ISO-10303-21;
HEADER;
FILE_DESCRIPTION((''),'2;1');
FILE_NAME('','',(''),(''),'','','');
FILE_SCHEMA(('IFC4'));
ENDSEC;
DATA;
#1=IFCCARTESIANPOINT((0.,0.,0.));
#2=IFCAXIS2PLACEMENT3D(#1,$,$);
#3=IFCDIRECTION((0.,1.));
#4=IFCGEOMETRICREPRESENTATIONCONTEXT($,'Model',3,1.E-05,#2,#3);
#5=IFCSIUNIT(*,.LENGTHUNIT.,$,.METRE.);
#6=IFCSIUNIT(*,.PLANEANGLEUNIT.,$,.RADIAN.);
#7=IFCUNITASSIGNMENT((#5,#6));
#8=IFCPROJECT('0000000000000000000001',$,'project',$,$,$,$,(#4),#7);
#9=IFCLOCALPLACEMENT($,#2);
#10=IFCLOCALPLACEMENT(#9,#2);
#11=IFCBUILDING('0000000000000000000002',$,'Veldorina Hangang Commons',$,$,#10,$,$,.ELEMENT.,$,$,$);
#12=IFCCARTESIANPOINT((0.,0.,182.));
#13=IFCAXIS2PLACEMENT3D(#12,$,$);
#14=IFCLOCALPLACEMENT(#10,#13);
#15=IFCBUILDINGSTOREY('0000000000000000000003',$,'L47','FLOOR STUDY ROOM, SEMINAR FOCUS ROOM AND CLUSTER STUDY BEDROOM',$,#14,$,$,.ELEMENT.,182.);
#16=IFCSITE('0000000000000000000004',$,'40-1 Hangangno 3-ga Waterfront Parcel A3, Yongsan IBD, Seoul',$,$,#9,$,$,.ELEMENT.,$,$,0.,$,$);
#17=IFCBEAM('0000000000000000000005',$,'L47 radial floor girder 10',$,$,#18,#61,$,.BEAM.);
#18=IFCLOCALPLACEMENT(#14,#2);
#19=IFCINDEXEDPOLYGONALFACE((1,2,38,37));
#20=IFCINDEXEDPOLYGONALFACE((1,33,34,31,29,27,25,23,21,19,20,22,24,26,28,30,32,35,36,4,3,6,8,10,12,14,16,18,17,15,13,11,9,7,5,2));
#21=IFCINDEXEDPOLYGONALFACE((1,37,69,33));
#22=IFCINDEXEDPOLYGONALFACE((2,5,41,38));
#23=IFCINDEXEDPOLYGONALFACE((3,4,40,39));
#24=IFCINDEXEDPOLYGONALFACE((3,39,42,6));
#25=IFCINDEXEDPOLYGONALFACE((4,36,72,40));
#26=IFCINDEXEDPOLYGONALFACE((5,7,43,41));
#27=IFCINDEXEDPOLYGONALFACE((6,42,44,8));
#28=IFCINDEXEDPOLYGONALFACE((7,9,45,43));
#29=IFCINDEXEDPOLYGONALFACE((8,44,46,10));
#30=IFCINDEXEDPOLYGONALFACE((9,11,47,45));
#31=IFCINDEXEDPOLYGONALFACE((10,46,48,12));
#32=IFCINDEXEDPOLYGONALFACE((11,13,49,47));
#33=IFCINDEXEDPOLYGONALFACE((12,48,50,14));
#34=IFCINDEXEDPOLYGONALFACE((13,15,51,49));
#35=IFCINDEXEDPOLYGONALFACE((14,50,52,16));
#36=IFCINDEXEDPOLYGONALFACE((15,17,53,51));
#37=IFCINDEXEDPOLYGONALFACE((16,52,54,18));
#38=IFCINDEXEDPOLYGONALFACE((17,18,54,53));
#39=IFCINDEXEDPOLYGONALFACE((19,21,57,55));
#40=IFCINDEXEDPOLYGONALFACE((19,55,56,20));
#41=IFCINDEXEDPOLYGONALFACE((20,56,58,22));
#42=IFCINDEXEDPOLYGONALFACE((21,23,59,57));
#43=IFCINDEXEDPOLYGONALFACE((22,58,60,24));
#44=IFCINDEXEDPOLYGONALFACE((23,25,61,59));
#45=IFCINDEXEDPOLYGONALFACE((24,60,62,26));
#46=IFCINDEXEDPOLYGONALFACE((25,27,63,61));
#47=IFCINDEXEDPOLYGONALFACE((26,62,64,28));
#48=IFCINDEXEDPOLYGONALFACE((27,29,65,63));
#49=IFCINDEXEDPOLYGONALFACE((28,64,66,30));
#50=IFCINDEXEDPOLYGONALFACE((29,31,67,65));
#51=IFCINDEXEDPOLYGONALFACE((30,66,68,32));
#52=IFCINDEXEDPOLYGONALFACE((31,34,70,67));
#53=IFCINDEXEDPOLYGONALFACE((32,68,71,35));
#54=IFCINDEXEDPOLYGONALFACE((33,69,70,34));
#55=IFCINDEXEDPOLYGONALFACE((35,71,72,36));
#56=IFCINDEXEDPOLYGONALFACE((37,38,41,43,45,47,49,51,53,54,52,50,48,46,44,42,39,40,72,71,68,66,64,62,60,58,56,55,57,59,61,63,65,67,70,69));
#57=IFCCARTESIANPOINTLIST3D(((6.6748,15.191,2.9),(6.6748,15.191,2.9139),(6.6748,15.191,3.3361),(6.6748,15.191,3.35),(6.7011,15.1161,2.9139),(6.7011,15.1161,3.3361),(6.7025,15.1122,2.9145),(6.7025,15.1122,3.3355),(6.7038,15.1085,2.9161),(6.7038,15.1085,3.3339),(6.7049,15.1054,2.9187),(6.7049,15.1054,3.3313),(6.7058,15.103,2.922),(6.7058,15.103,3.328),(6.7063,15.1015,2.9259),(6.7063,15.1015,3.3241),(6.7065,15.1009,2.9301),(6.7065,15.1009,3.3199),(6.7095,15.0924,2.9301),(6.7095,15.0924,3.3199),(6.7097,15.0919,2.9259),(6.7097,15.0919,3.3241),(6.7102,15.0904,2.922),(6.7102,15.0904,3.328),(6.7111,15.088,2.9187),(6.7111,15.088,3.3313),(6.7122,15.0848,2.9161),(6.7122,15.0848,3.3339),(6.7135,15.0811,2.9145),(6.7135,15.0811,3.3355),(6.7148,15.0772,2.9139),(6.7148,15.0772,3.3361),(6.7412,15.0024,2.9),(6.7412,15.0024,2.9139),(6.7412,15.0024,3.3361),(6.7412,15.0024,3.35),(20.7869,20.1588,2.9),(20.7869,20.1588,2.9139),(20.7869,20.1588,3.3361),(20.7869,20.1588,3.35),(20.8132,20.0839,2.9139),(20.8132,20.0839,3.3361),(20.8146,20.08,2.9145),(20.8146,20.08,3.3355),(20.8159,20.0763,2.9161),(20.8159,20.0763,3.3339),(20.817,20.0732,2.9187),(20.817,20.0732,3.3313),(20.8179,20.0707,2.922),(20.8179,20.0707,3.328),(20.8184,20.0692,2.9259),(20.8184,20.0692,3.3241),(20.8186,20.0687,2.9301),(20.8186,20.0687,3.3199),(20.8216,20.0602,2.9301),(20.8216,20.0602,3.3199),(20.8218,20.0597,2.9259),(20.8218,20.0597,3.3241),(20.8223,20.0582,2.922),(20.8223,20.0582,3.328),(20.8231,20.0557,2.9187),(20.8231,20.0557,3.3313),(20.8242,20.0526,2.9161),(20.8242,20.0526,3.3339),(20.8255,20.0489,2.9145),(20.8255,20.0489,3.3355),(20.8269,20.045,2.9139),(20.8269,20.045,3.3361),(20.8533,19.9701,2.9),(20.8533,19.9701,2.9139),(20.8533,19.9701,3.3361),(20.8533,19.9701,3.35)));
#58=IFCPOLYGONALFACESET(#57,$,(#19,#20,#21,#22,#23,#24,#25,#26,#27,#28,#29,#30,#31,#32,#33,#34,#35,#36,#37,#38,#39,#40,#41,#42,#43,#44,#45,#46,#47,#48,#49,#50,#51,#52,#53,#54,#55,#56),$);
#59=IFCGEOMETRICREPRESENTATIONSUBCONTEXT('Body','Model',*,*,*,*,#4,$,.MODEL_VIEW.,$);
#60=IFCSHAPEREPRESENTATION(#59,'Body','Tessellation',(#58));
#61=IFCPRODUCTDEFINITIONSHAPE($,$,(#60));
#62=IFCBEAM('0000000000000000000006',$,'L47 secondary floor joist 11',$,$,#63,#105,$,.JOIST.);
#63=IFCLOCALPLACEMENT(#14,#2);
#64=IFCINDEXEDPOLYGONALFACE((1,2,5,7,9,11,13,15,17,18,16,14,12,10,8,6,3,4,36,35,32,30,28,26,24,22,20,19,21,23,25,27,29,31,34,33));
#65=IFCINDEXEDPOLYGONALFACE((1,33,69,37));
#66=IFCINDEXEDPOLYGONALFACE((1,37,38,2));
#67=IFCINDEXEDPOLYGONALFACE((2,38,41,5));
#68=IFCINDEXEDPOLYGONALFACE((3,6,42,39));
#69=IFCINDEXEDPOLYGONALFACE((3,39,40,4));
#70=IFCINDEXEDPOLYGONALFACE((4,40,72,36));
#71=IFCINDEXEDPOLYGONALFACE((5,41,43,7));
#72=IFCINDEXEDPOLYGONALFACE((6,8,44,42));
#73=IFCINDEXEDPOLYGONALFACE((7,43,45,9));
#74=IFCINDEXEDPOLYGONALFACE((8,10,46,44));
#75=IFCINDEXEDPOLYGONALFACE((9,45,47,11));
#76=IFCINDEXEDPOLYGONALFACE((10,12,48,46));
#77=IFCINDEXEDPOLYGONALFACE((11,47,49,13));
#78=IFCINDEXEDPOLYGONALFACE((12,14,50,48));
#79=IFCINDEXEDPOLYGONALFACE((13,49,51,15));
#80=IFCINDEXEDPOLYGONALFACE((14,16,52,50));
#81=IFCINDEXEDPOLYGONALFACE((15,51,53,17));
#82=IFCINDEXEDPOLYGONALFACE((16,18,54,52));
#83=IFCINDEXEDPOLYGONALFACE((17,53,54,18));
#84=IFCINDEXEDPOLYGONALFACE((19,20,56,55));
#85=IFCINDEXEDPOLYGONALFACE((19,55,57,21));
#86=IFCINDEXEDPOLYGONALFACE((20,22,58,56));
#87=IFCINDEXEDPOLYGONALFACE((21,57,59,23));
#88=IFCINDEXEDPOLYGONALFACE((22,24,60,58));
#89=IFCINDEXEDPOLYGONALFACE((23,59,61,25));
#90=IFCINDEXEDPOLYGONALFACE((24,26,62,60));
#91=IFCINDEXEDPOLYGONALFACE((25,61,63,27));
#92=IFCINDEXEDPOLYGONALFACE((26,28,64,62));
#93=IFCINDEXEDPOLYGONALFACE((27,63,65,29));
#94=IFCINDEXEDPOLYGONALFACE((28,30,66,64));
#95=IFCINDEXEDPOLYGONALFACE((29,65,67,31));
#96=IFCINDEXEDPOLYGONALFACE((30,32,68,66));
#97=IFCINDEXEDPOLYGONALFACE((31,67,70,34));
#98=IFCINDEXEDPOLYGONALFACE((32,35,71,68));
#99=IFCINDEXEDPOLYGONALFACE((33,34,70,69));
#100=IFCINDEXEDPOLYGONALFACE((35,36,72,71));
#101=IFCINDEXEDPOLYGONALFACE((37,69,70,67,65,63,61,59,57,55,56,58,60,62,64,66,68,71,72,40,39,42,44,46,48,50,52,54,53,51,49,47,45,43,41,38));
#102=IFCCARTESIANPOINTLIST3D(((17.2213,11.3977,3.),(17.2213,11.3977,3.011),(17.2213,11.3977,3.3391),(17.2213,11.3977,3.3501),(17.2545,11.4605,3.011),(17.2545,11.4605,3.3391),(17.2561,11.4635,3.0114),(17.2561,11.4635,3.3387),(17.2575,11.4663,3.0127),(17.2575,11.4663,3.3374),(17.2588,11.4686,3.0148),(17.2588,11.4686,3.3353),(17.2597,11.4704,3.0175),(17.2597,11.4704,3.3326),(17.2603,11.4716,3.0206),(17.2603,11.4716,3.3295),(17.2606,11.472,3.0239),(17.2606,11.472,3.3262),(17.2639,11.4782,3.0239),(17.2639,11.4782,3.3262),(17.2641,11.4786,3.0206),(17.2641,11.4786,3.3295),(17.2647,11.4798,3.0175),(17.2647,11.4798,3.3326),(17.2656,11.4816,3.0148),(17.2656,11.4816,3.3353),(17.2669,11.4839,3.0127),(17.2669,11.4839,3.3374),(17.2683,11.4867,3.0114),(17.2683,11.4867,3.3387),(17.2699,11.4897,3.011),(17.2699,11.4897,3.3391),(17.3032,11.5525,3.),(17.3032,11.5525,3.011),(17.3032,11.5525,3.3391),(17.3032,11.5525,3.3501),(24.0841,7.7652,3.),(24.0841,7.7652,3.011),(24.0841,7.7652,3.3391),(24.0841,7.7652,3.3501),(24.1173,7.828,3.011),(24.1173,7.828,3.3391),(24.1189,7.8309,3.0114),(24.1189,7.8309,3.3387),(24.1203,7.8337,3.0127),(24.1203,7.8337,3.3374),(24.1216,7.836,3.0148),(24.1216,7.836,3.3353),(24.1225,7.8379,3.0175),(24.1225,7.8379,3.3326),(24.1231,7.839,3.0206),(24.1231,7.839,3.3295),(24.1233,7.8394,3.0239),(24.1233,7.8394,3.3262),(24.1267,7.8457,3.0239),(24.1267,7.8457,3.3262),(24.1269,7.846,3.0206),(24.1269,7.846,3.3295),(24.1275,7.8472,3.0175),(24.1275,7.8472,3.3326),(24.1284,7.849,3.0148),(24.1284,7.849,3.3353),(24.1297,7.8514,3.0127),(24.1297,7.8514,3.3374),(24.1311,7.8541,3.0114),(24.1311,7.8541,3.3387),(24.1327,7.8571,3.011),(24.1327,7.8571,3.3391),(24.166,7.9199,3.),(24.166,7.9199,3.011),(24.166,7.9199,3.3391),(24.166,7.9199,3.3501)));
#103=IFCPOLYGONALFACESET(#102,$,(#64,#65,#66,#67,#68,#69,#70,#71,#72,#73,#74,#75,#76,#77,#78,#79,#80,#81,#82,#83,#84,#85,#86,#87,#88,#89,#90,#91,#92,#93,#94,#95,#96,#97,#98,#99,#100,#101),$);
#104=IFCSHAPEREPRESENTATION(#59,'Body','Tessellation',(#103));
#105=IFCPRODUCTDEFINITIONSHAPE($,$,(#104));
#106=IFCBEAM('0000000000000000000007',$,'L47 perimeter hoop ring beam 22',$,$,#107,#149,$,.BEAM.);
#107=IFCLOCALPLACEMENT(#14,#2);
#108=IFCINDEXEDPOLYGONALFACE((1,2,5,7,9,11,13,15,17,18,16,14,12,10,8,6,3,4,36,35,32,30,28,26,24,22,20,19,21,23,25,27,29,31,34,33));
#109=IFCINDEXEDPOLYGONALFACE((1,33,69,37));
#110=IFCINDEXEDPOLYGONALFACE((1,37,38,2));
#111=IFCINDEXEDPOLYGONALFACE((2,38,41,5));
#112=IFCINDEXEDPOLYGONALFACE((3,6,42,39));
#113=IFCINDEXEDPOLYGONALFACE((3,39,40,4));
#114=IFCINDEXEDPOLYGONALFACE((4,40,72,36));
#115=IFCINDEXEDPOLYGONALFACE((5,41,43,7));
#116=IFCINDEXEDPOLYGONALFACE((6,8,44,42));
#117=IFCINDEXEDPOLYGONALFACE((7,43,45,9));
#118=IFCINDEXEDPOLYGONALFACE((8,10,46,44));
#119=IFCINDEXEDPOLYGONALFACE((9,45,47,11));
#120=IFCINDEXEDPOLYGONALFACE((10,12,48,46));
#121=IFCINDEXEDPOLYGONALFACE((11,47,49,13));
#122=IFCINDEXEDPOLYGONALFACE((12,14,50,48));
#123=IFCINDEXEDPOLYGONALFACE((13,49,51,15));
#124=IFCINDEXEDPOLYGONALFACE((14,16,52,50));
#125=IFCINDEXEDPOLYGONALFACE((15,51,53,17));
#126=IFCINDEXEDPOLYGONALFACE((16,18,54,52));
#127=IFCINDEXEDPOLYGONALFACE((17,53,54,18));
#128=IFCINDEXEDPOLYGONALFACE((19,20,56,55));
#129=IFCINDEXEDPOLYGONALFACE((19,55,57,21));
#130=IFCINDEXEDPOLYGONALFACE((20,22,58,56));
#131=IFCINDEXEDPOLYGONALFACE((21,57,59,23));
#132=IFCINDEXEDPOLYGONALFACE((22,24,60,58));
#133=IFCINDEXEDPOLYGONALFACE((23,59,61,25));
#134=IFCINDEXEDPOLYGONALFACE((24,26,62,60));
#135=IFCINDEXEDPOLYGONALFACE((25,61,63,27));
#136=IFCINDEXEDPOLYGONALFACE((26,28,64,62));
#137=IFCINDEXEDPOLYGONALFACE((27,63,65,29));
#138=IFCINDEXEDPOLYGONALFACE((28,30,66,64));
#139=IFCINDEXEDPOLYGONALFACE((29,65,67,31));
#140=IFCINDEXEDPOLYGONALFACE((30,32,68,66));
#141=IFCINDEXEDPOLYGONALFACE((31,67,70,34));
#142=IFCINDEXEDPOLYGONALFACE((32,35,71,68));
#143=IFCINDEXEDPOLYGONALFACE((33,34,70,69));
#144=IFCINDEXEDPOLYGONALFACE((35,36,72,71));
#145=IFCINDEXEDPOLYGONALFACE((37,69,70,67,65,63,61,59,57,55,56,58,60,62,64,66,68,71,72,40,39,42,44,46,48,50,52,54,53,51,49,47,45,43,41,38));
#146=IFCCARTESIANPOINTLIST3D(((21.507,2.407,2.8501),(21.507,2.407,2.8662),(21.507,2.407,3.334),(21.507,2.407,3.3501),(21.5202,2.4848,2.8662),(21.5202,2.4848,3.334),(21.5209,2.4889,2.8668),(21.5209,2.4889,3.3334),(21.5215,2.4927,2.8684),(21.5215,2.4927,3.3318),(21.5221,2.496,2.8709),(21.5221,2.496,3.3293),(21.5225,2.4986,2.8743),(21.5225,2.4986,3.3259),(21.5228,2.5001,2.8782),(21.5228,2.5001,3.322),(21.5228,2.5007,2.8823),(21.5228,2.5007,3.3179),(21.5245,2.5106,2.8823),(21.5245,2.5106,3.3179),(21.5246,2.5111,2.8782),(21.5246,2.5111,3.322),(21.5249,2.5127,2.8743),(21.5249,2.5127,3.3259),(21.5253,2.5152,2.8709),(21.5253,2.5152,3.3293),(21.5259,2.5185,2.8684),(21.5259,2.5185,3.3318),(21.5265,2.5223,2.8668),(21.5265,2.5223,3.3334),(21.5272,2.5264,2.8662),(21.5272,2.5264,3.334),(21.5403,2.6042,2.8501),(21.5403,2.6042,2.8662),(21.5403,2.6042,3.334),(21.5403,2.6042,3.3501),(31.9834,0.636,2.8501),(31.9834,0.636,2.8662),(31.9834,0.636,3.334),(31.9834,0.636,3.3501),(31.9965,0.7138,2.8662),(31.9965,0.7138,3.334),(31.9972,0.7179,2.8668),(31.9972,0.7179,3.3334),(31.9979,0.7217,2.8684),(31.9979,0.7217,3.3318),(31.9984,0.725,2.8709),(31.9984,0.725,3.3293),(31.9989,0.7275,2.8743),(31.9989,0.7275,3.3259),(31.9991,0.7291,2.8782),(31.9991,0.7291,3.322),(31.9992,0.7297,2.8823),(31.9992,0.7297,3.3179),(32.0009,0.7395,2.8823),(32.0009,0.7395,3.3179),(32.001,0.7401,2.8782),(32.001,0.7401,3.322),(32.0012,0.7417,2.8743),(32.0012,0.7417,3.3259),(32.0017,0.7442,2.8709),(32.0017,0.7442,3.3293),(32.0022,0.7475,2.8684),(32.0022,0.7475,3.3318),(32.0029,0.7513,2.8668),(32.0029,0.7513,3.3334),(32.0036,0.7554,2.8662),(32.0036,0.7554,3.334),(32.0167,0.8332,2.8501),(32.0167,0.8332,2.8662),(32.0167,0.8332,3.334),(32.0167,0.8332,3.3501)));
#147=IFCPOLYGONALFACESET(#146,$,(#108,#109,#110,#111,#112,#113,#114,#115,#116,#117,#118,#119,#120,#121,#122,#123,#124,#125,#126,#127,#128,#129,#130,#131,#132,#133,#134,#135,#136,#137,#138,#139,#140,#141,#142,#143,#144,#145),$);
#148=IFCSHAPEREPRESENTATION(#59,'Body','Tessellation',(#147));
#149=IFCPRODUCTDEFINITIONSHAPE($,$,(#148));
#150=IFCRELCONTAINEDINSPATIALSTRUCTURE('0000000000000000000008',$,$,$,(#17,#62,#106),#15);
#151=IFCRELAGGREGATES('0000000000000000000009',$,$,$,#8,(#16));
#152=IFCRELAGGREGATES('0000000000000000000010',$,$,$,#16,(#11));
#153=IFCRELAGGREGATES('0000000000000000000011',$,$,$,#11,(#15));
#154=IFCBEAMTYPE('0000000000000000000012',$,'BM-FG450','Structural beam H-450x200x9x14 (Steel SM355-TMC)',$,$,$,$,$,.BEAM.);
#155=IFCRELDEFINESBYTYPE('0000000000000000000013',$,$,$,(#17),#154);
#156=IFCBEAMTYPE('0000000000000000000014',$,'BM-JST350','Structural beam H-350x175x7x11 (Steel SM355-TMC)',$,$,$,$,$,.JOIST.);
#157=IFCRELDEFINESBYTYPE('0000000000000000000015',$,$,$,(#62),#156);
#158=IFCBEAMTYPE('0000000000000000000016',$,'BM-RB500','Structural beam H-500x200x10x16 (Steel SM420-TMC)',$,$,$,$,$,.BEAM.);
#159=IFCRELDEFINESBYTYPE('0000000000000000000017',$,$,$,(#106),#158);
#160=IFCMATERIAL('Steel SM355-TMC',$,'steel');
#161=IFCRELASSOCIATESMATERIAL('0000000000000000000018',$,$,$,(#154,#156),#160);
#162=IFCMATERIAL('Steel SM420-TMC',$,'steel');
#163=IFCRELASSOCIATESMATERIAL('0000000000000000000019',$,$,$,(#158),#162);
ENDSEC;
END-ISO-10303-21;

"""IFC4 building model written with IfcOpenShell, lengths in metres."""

from ifc_helpers import new_model, si_unit, direction, frame, origin, origin_2d, place, context, subcontext, project, spatial, i_section, extrude, material, material_profile, profile_set, type_object, element, save


model = new_model("IFC4")

# Units and contexts
model_context = context("Model", 3, precision=1e-05, world=origin(), true_north=direction((0.0, 1.0)))
body_context = subcontext(model_context, "Body", "Model", "MODEL_VIEW")
ifc_project = project(units=[si_unit("LENGTHUNIT", "METRE"), si_unit("PLANEANGLEUNIT", "RADIAN")], contexts=[model_context])

# Site, building, storey
site_placement = place(None, origin())
site = spatial("IfcSite", under=ifc_project, at=site_placement, Name="40-1 Hangangno 3-ga Waterfront Parcel A3, Yongsan IBD, Seoul", CompositionType="ELEMENT", RefElevation=0.0)
building_placement = place(site_placement, origin())
building = spatial("IfcBuilding", under=site, at=building_placement, Name="Veldorina Hangang Commons", CompositionType="ELEMENT")
storey_placement = place(building_placement, frame((0.0, 0.0, 182.0)))
storey = spatial("IfcBuildingStorey", under=building, at=storey_placement, Name="L47", Description="FLOOR STUDY ROOM, SEMINAR FOCUS ROOM AND CLUSTER STUDY BEDROOM", CompositionType="ELEMENT", Elevation=182.0)

# Beams
ifc_material_1 = material(Name="Steel SM355-TMC", Category="steel")
ifc_material_profile_1 = material_profile(ifc_material_1, i_section(OverallWidth=0.2, OverallDepth=0.45, WebThickness=0.009, FlangeThickness=0.0139, FilletRadius=0.0161, at=origin_2d()), Name="H-450x200x9x14")
ifc_profile_set_1 = profile_set([ifc_material_profile_1], Name="Steel SM355-TMC")
beam_type_1 = type_object("IfcBeamType", Name="BM-FG450", Description="Structural beam H-450x200x9x14 (Steel SM355-TMC)", PredefinedType="BEAM", material=ifc_profile_set_1)
beam_1_placement = place(storey_placement, frame((20.8201, 20.0645, 3.125), z_axis=(-0.943262, -0.33205, 0.0), x_axis=(0.33205, -0.943262, 0.0)))
element("IfcBeam", 1, at=beam_1_placement, inside=storey, type_object=beam_type_1, Name="L47 radial floor girder 10", PredefinedType="BEAM", context=body_context, shape_type="SweptSolid", body=[
    extrude(i_section(OverallWidth=0.2, OverallDepth=0.45, WebThickness=0.009, FlangeThickness=0.0139, FilletRadius=0.0161, at=origin_2d()), origin(), (0.0, 0.0, 1.0), 14.9609),
])
ifc_material_profile_2 = material_profile(ifc_material_1, i_section(OverallWidth=0.175, OverallDepth=0.3501, WebThickness=0.0071, FlangeThickness=0.011, FilletRadius=0.0129, at=origin_2d()), Name="H-350x175x7x11")
ifc_profile_set_2 = profile_set([ifc_material_profile_2], Name="Steel SM355-TMC")
beam_type_2 = type_object("IfcBeamType", Name="BM-JST350", Description="Structural beam H-350x175x7x11 (Steel SM355-TMC)", PredefinedType="JOIST", material=ifc_profile_set_2)
beam_2_placement = place(storey_placement, frame((17.2622, 11.4751, 3.175), z_axis=(0.883824, -0.46782, 0.0), x_axis=(0.46782, 0.883824, 0.0)))
element("IfcBeam", 2, at=beam_2_placement, inside=storey, type_object=beam_type_2, Name="L47 secondary floor joist 11", PredefinedType="JOIST", context=body_context, shape_type="SweptSolid", body=[
    extrude(i_section(OverallWidth=0.175, OverallDepth=0.3501, WebThickness=0.0071, FlangeThickness=0.011, FilletRadius=0.0129, at=origin_2d()), origin(), (0.0, 0.0, 1.0), 7.7649),
])
ifc_material_2 = material(Name="Steel SM420-TMC", Category="steel")
ifc_material_profile_3 = material_profile(ifc_material_2, i_section(OverallWidth=0.2, OverallDepth=0.5, WebThickness=0.01, FlangeThickness=0.0161, FilletRadius=0.0161, at=origin_2d()), Name="H-500x200x10x16")
ifc_profile_set_3 = profile_set([ifc_material_profile_3], Name="Steel SM420-TMC")
beam_type_3 = type_object("IfcBeamType", Name="BM-RB500", Description="Structural beam H-500x200x10x16 (Steel SM420-TMC)", PredefinedType="BEAM", material=ifc_profile_set_3)
beam_3_placement = place(storey_placement, frame((21.5237, 2.5056, 3.1001), z_axis=(0.986011, -0.166683, 0.0), x_axis=(0.166683, 0.986011, 0.0)))
element("IfcBeam", 3, at=beam_3_placement, inside=storey, type_object=beam_type_3, Name="L47 perimeter hoop ring beam 22", PredefinedType="BEAM", context=body_context, shape_type="SweptSolid", body=[
    extrude(i_section(OverallWidth=0.2, OverallDepth=0.5, WebThickness=0.01, FlangeThickness=0.0161, FilletRadius=0.0161, at=origin_2d()), origin(), (0.0, 0.0, 1.0), 10.625),
])

save(model, "model.ifc")
